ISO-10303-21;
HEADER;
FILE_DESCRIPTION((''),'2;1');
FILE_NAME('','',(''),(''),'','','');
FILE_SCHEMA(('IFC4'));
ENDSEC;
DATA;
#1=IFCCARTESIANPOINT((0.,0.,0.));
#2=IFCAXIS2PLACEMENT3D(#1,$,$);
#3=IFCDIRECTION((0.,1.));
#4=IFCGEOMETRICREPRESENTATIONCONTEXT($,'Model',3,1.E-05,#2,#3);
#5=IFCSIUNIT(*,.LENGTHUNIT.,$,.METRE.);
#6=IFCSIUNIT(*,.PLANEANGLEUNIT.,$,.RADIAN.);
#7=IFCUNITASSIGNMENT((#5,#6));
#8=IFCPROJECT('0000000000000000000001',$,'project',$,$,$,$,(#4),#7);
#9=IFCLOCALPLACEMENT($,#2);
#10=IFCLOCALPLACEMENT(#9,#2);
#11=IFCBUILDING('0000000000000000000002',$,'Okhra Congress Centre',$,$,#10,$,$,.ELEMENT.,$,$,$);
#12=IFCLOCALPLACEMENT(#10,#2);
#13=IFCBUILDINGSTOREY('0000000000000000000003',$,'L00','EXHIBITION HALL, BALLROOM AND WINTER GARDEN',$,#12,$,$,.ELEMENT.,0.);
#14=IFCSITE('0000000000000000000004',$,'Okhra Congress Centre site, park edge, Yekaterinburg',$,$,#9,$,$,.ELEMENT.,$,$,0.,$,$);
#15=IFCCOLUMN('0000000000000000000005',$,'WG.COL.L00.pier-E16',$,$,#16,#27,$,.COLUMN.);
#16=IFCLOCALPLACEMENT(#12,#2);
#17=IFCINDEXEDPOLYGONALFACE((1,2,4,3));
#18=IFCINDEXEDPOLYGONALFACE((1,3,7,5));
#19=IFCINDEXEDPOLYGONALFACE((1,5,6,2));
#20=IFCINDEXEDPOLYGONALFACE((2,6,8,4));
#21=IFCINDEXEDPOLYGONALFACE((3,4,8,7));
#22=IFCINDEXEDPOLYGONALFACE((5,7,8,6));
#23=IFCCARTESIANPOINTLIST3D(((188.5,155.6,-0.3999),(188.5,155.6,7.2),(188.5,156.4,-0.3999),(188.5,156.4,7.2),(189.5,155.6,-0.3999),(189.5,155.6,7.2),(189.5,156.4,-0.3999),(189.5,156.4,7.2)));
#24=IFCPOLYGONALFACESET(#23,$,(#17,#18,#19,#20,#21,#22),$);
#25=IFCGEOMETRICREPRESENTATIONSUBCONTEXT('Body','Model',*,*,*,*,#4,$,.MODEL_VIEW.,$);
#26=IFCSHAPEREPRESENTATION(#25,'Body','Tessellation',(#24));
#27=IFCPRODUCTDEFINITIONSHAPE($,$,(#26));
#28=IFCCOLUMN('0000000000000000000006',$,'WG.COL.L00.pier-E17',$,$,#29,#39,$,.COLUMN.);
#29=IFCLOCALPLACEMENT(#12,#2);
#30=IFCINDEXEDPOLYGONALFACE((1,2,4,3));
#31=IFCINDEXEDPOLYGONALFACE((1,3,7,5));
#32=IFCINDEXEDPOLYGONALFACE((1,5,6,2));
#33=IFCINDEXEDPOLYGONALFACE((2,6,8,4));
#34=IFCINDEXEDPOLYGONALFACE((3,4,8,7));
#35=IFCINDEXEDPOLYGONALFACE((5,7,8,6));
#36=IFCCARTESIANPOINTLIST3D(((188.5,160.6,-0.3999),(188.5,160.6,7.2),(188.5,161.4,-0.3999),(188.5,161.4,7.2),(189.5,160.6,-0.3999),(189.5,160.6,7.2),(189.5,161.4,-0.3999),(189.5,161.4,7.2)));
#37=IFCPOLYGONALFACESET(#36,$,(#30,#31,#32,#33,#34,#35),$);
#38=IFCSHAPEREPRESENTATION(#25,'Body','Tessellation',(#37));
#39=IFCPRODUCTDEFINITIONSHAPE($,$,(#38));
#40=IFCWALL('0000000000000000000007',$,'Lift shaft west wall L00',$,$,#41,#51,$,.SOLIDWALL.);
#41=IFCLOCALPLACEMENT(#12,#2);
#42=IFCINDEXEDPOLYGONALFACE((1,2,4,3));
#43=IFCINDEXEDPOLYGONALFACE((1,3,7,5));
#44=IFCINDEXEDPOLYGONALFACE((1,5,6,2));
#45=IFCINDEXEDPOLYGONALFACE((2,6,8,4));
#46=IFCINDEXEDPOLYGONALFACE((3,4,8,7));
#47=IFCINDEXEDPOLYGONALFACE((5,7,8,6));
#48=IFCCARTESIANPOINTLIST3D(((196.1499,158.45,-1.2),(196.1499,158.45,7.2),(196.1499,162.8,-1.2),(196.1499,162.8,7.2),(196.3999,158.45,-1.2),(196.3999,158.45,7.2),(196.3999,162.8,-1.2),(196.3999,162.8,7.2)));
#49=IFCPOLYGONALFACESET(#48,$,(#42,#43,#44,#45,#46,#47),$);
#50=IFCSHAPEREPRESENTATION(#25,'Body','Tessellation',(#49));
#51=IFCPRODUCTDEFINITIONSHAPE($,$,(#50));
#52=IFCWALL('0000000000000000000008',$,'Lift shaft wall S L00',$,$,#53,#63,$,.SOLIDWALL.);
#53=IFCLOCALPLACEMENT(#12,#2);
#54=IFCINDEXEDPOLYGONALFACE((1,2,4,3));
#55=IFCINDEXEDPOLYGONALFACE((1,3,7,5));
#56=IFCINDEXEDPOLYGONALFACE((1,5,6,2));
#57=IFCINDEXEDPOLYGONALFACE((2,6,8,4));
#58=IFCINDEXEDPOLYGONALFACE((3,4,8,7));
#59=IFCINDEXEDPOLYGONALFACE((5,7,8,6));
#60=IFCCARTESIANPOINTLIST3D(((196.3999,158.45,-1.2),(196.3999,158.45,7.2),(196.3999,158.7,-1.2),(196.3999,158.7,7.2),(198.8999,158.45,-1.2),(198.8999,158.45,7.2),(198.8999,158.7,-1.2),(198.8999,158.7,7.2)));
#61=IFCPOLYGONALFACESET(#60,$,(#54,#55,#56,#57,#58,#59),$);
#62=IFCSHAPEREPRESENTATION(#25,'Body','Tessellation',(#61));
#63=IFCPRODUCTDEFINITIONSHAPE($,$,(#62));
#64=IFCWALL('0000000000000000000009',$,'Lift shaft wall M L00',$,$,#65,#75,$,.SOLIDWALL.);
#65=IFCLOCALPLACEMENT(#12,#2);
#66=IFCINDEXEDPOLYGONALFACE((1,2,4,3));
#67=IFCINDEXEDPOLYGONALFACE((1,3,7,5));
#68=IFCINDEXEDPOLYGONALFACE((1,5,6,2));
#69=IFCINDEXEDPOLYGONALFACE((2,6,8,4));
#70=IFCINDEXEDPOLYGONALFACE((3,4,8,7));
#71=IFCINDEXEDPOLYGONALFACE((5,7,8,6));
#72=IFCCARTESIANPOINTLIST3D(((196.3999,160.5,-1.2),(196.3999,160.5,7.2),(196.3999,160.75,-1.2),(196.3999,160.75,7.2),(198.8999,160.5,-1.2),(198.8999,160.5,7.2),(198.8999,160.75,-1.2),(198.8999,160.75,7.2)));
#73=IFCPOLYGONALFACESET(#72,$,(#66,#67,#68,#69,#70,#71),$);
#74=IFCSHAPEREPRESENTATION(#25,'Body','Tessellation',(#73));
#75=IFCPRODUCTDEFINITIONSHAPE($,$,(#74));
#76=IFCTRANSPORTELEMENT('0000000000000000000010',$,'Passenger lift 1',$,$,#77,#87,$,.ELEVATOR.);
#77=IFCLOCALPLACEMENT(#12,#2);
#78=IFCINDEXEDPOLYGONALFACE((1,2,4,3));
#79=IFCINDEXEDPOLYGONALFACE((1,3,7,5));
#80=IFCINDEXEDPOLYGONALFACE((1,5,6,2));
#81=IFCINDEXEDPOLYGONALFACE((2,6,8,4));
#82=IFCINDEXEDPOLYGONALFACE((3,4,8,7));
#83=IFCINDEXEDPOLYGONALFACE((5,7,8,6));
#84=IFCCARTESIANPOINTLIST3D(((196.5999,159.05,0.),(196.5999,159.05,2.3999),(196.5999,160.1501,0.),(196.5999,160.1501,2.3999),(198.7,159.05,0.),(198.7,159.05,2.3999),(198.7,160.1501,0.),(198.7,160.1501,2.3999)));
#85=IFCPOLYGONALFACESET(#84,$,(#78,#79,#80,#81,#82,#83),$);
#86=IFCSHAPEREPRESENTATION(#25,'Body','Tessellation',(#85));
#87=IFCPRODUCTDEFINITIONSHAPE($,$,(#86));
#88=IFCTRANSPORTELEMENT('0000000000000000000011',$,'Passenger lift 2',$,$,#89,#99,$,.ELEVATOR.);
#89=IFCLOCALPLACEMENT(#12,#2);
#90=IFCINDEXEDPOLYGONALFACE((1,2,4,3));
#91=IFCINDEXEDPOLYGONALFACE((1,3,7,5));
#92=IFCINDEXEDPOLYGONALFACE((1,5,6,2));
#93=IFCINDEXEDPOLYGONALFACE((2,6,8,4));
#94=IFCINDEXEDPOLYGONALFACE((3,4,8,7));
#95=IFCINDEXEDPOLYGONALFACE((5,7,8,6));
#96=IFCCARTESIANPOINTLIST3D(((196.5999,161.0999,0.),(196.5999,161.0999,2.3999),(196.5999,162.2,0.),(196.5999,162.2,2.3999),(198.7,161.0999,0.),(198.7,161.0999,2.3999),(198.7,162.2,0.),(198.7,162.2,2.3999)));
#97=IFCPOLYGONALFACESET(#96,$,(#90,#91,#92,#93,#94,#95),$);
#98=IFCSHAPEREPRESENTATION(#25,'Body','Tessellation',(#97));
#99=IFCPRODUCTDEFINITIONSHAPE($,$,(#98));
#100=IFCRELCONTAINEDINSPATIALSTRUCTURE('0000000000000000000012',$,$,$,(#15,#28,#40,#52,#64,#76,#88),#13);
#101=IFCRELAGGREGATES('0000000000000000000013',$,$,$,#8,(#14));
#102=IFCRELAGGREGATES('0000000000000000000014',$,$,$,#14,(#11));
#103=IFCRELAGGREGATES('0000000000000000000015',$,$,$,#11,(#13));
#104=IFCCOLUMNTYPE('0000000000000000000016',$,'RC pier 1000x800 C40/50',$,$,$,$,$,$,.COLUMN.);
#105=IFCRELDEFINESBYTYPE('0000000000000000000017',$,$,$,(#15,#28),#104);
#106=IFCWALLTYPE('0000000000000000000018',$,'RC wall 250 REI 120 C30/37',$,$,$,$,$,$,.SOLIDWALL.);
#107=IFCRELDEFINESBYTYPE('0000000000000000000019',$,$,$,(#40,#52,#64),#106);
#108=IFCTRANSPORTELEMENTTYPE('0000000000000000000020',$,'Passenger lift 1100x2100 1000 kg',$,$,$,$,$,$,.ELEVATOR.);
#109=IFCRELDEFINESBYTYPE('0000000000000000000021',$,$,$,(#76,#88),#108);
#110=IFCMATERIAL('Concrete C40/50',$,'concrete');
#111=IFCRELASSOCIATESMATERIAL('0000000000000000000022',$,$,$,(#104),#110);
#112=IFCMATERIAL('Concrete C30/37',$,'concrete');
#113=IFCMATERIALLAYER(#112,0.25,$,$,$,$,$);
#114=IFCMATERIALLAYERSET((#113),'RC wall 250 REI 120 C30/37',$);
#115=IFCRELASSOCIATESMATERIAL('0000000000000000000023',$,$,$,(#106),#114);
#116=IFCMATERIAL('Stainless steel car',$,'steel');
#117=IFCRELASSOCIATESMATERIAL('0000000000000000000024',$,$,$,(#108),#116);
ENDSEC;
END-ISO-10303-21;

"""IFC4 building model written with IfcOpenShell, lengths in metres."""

from ifc_helpers import new_model, si_unit, direction, frame, frame_2d, origin, origin_2d, place, context, subcontext, project, spatial, rectangle, extrude, material, layer, layer_set, material_profile, profile_set, type_object, element, save


model = new_model("IFC4")

# Units and contexts
model_context = context("Model", 3, precision=1e-05, world=origin(), true_north=direction((0.0, 1.0)))
body_context = subcontext(model_context, "Body", "Model", "MODEL_VIEW")
ifc_project = project(units=[si_unit("LENGTHUNIT", "METRE"), si_unit("PLANEANGLEUNIT", "RADIAN")], contexts=[model_context])

# Site, building, storey
site_placement = place(None, origin())
site = spatial("IfcSite", under=ifc_project, at=site_placement, Name="Okhra Congress Centre site, park edge, Yekaterinburg", CompositionType="ELEMENT", RefElevation=0.0)
building_placement = place(site_placement, origin())
building = spatial("IfcBuilding", under=site, at=building_placement, Name="Okhra Congress Centre", CompositionType="ELEMENT")
storey_placement = place(building_placement, origin())
storey = spatial("IfcBuildingStorey", under=building, at=storey_placement, Name="L00", Description="EXHIBITION HALL, BALLROOM AND WINTER GARDEN", CompositionType="ELEMENT", Elevation=0.0)

# Shared definitions
ifc_material_1 = material(Name="Concrete C30/37", Category="concrete")

# Columns
ifc_material_2 = material(Name="Concrete C40/50", Category="concrete")
ifc_material_profile_1 = material_profile(ifc_material_2, rectangle(XDim=1.0, YDim=0.8, at=origin_2d()), Name="RC 1000x800")
ifc_profile_set_1 = profile_set([ifc_material_profile_1], Name="Concrete C40/50")
column_type_1 = type_object("IfcColumnType", Name="RC pier 1000x800 C40/50", PredefinedType="COLUMN", material=ifc_profile_set_1)
for number, where, z_axis, x_axis, name in (
    (1, (189.0, 156.0, -0.3999), (0.0, 0.0, 1.0), (1.0, 0.0, 0.0), "WG.COL.L00.pier-E16"),
    (2, (189.0, 161.0, -0.3999), (0.0, 0.0, 1.0), (1.0, 0.0, 0.0), "WG.COL.L00.pier-E17"),
):
    element("IfcColumn", number, at=place(storey_placement, frame(where, z_axis=z_axis, x_axis=x_axis)), inside=storey, type_object=column_type_1, Name=name, PredefinedType="COLUMN", context=body_context, shape_type="SweptSolid", body=[
        extrude(rectangle(XDim=1.0, YDim=0.8, at=origin_2d()), origin(), (0.0, 0.0, 1.0), 7.5999),
    ])

# Walls
ifc_layer_1 = layer(ifc_material_1, 0.25)
ifc_layer_set_1 = layer_set([ifc_layer_1], Name="RC wall 250 REI 120 C30/37")
wall_type_1 = type_object("IfcWallType", Name="RC wall 250 REI 120 C30/37", PredefinedType="SOLIDWALL", material=ifc_layer_set_1)
wall_1_placement = place(storey_placement, frame((196.2749, 158.45, -1.2), z_axis=(0.0, 0.0, 1.0), x_axis=(0.0, 1.0, 0.0)))
element("IfcWall", 3, at=wall_1_placement, inside=storey, type_object=wall_type_1, Name="Lift shaft west wall L00", PredefinedType="SOLIDWALL", context=body_context, shape_type="SweptSolid", body=[
    extrude(rectangle(XDim=4.3501, YDim=0.25, at=frame_2d((2.175, 0.0))), origin(), (0.0, 0.0, 1.0), 8.3999),
])
for number, where, z_axis, x_axis, name in (
    (4, (196.3999, 158.575, -1.2), (0.0, 0.0, 1.0), (1.0, 0.0, 0.0), "Lift shaft wall S L00"),
    (5, (196.3999, 160.625, -1.2), (0.0, 0.0, 1.0), (1.0, 0.0, 0.0), "Lift shaft wall M L00"),
):
    element("IfcWall", number, at=place(storey_placement, frame(where, z_axis=z_axis, x_axis=x_axis)), inside=storey, type_object=wall_type_1, Name=name, PredefinedType="SOLIDWALL", context=body_context, shape_type="SweptSolid", body=[
        extrude(rectangle(XDim=2.5, YDim=0.25, at=frame_2d((1.25, 0.0))), origin(), (0.0, 0.0, 1.0), 8.3999),
    ])

# Transport elements
ifc_material_3 = material(Name="Stainless steel car", Category="steel")
transport_element_type = type_object("IfcTransportElementType", Name="Passenger lift 1100x2100 1000 kg", PredefinedType="ELEVATOR", material=ifc_material_3)
for number, where, z_axis, x_axis, name in (
    (6, (197.6499, 159.6001, 0.0), (0.0, 0.0, 1.0), (0.0, 1.0, 0.0), "Passenger lift 1"),
    (7, (197.6499, 161.6499, 0.0), (0.0, 0.0, 1.0), (0.0, 1.0, 0.0), "Passenger lift 2"),
):
    element("IfcTransportElement", number, at=place(storey_placement, frame(where, z_axis=z_axis, x_axis=x_axis)), inside=storey, type_object=transport_element_type, Name=name, PredefinedType="ELEVATOR", context=body_context, shape_type="SweptSolid", body=[
        extrude(rectangle(XDim=1.1001, YDim=2.1001, at=origin_2d()), origin(), (0.0, 0.0, 1.0), 2.3999),
    ])

save(model, "model.ifc")
